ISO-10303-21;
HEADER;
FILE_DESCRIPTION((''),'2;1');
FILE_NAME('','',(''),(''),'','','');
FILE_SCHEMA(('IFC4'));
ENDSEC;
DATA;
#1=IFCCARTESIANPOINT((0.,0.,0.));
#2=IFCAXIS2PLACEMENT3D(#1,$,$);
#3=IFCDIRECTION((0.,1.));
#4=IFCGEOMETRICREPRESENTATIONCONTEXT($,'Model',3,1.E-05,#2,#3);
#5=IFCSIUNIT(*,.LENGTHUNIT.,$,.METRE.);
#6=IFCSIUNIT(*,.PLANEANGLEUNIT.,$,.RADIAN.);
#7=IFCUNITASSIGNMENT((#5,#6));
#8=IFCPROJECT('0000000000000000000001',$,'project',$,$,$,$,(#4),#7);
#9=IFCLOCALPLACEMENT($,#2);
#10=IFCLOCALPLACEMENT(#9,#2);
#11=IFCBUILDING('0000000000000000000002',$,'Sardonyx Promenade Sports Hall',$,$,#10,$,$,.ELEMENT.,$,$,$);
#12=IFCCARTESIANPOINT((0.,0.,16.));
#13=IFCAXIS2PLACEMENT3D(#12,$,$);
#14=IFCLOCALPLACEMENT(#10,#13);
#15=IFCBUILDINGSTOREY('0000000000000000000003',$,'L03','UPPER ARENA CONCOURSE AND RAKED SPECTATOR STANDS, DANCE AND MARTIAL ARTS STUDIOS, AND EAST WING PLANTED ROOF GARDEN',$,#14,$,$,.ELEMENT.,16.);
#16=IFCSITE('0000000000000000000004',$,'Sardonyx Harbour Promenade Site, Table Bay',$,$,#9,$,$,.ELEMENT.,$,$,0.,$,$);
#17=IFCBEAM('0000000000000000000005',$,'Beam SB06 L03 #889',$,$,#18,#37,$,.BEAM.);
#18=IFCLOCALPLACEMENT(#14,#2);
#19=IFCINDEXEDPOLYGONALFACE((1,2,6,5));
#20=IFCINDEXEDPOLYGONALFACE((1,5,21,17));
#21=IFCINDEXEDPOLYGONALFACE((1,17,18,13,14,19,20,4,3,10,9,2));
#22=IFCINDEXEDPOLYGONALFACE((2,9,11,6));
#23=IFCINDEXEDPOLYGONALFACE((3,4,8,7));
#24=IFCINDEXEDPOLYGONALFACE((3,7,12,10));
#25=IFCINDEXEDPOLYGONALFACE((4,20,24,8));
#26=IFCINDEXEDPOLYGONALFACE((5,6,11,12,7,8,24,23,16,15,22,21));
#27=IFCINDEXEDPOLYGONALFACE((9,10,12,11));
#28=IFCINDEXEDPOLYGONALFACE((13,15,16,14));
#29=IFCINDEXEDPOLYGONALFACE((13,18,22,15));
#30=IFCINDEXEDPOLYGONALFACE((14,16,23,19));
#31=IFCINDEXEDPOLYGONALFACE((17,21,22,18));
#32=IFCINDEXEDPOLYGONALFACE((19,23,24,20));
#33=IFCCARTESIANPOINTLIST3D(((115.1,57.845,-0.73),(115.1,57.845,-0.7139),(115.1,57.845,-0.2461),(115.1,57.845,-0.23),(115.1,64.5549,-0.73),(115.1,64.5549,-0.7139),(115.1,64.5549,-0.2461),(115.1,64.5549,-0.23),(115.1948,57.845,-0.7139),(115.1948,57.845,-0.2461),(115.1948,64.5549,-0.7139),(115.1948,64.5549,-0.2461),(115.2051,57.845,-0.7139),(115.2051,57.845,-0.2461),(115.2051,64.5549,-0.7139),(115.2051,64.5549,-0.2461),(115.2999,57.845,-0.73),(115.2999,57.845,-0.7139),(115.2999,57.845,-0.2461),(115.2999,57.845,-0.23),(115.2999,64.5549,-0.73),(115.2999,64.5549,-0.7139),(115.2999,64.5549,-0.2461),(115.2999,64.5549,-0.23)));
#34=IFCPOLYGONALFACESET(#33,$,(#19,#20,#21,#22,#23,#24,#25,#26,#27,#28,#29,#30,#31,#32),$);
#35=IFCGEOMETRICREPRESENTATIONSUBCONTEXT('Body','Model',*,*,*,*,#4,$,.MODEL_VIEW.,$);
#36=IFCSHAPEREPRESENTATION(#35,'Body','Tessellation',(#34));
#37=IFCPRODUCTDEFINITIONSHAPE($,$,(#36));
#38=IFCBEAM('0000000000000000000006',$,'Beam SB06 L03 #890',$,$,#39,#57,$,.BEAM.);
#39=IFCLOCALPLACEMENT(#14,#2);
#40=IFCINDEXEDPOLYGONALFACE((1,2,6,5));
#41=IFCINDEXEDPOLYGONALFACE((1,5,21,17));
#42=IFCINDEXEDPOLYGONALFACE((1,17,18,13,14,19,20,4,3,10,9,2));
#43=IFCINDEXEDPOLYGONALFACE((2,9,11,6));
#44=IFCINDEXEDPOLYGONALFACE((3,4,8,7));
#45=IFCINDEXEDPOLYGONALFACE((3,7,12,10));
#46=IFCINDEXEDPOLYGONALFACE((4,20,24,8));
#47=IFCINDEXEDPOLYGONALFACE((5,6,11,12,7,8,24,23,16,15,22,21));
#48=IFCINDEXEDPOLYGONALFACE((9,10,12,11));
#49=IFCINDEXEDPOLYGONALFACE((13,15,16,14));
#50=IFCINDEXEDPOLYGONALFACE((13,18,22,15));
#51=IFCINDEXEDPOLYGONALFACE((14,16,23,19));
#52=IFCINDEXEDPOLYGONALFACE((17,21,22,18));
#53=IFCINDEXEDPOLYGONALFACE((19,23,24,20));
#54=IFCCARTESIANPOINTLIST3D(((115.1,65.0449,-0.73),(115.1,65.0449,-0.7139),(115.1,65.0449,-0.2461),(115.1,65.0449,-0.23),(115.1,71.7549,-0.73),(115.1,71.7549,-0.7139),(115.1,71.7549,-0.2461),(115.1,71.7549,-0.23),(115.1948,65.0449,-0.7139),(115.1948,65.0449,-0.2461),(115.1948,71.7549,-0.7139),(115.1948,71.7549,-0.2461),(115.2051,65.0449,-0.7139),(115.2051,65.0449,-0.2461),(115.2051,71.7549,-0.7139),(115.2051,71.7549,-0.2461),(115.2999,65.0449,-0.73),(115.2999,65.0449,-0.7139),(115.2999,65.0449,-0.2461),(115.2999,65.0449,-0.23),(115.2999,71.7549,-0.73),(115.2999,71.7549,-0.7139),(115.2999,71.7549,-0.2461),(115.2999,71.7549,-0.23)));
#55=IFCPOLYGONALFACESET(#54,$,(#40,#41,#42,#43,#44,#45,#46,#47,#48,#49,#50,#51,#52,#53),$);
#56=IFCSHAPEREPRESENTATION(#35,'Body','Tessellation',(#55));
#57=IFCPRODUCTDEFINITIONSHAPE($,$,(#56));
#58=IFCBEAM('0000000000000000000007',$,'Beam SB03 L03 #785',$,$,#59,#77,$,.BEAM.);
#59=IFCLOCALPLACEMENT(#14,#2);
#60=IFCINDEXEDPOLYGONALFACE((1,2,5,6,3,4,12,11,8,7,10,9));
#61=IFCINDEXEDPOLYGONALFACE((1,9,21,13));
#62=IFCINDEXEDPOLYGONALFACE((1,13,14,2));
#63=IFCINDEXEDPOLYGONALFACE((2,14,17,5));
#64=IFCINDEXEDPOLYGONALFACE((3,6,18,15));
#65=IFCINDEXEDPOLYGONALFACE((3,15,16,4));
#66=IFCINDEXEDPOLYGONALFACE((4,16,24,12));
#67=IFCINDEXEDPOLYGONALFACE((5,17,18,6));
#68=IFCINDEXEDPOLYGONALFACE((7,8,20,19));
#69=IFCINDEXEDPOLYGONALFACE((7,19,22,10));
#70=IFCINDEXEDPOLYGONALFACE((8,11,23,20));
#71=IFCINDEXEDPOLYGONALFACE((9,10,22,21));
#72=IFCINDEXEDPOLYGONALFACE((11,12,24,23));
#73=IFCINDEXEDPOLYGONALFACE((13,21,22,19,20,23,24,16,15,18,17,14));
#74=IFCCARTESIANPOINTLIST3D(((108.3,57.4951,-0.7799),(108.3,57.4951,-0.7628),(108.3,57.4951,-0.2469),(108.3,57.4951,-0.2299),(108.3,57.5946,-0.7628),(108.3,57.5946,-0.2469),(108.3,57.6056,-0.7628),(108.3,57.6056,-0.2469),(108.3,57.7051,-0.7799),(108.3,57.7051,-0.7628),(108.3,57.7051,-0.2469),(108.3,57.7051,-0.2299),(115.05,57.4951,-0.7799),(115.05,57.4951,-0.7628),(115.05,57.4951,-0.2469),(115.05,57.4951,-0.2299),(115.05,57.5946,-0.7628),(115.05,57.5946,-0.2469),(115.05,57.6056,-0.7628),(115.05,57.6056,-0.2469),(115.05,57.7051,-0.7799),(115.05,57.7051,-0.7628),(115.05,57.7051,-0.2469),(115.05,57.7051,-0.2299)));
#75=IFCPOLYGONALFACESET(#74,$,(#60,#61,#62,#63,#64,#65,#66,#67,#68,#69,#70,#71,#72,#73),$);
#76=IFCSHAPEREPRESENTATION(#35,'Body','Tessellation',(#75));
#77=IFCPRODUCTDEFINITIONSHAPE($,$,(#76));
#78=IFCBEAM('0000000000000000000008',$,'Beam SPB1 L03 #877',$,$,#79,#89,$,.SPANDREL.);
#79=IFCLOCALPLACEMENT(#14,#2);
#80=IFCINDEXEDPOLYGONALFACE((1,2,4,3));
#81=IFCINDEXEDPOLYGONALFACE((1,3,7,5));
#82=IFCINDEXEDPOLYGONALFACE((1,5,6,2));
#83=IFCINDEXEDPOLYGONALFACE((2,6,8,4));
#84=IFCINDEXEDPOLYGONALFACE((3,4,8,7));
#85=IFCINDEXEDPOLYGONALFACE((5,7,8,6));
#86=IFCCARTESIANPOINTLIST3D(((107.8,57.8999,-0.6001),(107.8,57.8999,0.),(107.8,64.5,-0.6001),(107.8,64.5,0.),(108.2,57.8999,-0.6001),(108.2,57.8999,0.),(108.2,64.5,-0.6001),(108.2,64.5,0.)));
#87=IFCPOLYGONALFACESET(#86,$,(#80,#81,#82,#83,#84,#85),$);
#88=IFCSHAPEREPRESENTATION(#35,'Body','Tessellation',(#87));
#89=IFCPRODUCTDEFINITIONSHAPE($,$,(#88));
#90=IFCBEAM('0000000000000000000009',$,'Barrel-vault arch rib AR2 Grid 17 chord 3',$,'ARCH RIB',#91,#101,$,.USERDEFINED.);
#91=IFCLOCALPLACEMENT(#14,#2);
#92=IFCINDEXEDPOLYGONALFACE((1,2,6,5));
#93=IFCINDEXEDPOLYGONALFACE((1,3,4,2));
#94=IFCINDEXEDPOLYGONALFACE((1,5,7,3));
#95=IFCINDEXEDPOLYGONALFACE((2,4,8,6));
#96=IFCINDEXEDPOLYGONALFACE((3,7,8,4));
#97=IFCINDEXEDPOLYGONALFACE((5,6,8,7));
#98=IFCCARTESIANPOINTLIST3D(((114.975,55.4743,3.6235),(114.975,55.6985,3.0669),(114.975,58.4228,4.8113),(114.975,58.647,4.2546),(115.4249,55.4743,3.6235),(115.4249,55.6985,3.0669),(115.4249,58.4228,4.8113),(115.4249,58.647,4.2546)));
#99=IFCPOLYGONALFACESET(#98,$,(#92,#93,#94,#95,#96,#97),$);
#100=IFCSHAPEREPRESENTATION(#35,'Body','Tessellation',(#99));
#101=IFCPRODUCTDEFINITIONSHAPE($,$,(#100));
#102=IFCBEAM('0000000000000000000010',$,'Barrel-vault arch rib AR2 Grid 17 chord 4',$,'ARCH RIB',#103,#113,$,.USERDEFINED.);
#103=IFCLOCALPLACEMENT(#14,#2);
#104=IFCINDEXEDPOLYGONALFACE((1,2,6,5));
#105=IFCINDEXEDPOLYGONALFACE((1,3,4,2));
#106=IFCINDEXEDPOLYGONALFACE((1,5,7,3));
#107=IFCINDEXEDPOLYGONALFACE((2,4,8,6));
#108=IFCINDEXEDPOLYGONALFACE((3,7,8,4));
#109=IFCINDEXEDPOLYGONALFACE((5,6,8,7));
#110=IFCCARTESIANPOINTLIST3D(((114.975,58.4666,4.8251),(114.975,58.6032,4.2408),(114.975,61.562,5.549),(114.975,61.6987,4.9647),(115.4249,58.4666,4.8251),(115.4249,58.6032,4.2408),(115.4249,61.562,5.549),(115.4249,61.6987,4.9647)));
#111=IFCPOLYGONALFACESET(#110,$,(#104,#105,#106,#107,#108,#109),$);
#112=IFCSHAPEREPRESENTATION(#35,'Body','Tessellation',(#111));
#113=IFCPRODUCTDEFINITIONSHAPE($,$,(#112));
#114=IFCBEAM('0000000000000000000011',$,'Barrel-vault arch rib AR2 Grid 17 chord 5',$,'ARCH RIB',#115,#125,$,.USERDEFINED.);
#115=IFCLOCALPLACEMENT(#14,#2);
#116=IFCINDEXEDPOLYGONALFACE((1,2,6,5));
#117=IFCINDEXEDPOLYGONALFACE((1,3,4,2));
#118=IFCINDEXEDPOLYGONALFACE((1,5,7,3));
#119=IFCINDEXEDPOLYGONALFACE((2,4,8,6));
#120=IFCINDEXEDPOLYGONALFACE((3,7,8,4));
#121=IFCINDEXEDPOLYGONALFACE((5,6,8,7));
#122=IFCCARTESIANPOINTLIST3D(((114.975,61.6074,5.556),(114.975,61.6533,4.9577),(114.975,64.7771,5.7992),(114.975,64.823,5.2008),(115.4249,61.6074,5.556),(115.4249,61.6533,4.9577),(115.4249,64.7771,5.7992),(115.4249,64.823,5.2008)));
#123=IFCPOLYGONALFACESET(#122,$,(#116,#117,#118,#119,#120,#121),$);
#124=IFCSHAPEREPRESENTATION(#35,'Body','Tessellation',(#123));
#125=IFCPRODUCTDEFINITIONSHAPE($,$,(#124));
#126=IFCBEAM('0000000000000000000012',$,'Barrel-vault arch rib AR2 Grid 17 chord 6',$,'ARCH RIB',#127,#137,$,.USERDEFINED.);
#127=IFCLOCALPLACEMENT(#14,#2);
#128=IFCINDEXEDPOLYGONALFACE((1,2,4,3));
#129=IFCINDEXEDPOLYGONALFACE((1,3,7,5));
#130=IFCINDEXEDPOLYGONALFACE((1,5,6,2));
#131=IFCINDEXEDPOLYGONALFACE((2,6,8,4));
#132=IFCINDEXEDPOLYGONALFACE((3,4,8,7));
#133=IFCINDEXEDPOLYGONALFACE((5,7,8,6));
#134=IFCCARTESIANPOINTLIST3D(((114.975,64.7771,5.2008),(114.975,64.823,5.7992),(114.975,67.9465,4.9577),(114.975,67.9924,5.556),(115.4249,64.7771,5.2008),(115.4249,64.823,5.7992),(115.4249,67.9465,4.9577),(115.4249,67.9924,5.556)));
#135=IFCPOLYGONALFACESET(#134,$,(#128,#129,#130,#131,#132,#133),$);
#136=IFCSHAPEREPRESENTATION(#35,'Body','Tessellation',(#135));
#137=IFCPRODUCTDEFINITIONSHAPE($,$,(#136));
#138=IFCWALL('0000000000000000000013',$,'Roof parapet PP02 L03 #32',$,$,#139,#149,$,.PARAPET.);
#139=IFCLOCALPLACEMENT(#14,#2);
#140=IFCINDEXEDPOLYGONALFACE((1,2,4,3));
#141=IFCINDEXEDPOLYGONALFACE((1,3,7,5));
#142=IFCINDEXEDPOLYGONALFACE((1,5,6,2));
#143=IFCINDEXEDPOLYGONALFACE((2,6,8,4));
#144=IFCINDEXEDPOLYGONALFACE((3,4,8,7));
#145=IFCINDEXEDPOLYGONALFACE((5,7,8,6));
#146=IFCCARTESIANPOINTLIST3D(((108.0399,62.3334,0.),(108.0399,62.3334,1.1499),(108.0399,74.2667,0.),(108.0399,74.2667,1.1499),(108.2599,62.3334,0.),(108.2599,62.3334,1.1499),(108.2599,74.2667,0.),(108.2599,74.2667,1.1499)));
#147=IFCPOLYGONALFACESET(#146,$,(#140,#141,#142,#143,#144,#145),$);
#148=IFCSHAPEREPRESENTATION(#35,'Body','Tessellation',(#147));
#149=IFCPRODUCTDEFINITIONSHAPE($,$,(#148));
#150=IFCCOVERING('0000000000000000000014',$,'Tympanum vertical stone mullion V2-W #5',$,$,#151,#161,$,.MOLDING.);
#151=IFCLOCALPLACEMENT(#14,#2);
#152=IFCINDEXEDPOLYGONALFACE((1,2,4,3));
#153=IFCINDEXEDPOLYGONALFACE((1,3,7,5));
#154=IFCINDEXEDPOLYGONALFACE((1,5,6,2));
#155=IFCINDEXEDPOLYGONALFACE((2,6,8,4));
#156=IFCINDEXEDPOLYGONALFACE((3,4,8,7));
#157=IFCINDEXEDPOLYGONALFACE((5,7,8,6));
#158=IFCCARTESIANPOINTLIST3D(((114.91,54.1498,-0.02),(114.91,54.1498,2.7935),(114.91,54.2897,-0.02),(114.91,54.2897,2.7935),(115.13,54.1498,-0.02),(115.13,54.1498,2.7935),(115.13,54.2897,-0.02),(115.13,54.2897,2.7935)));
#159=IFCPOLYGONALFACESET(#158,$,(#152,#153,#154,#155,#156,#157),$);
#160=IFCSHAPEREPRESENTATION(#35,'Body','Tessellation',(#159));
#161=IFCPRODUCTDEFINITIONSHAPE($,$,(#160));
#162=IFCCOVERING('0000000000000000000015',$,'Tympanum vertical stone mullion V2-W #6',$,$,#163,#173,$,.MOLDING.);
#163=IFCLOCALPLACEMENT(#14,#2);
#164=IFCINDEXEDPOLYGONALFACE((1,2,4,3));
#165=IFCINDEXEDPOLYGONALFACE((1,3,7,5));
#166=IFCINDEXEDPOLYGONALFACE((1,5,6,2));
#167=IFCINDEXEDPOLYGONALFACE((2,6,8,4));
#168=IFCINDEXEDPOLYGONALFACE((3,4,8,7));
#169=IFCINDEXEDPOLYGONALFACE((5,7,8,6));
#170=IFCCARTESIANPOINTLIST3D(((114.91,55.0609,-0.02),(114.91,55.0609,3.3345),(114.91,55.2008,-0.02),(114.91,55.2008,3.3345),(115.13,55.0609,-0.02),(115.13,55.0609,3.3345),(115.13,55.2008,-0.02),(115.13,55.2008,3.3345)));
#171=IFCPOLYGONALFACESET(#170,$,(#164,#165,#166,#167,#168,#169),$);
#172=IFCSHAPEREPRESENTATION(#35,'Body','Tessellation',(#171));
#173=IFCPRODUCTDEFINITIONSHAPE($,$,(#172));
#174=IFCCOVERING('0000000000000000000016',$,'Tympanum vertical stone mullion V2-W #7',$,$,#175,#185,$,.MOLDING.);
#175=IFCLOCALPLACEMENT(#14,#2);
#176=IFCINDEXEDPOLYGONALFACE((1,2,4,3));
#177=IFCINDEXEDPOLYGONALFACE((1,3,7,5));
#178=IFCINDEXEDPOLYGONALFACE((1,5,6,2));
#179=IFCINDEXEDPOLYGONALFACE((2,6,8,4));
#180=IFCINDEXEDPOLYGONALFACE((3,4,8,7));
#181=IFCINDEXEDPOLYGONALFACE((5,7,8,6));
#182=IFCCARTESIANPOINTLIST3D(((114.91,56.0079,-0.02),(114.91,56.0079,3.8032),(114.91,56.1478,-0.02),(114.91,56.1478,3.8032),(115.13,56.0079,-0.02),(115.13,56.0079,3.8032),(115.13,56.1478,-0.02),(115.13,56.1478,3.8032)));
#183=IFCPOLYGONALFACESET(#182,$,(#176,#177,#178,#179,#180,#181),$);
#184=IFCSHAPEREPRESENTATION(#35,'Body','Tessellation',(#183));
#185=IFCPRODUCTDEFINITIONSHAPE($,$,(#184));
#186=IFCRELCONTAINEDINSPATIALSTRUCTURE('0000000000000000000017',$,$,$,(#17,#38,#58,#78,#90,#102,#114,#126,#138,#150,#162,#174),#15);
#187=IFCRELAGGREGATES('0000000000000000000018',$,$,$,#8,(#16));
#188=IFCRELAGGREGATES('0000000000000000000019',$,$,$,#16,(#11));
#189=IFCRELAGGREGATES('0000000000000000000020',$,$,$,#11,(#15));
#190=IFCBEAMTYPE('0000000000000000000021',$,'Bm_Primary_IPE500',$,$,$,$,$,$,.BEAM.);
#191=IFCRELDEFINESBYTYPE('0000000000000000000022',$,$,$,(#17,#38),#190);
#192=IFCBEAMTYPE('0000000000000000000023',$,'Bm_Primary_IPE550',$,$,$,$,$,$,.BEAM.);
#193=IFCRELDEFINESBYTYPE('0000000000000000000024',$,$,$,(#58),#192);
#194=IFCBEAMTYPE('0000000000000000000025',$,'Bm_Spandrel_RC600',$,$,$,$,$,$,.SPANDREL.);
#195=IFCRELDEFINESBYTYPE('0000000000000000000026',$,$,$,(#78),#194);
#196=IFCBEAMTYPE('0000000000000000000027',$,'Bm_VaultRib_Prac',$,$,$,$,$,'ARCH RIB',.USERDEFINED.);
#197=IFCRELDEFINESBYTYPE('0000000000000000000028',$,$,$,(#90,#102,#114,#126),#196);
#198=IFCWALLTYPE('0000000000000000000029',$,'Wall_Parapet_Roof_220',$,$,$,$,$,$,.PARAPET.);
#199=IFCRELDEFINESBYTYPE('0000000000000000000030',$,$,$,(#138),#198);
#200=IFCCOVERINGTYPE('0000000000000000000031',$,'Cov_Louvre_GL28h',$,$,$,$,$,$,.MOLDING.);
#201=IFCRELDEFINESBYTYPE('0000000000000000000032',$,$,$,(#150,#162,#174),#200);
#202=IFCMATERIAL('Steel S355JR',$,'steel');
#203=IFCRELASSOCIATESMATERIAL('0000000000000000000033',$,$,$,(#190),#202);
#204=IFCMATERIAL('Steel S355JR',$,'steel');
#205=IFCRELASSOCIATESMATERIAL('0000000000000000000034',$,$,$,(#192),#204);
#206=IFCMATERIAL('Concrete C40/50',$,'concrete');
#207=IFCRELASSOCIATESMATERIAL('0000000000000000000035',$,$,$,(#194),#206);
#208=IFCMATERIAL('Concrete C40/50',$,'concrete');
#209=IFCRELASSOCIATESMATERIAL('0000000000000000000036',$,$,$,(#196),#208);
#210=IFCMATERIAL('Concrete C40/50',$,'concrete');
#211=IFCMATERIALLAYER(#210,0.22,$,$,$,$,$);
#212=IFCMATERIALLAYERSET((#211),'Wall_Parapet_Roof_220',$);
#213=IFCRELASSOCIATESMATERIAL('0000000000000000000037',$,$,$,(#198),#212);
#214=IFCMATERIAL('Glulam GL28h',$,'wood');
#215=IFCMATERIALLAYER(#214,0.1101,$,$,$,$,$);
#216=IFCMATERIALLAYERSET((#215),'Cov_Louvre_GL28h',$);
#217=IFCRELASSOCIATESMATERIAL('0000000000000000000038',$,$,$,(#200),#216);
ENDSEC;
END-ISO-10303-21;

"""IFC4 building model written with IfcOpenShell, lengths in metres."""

from ifc_helpers import new_model, si_unit, direction, frame, frame_2d, origin, origin_2d, place, context, subcontext, project, spatial, rectangle, i_section, extrude, material, layer, layer_set, material_profile, profile_set, type_object, element, save


model = new_model("IFC4")

# Units and contexts
model_context = context("Model", 3, precision=1e-05, world=origin(), true_north=direction((0.0, 1.0)))
body_context = subcontext(model_context, "Body", "Model", "MODEL_VIEW")
ifc_project = project(units=[si_unit("LENGTHUNIT", "METRE"), si_unit("PLANEANGLEUNIT", "RADIAN")], contexts=[model_context])

# Site, building, storey
site_placement = place(None, origin())
site = spatial("IfcSite", under=ifc_project, at=site_placement, Name="Sardonyx Harbour Promenade Site, Table Bay", CompositionType="ELEMENT", RefElevation=0.0)
building_placement = place(site_placement, origin())
building = spatial("IfcBuilding", under=site, at=building_placement, Name="Sardonyx Promenade Sports Hall", CompositionType="ELEMENT")
storey_placement = place(building_placement, frame((0.0, 0.0, 16.0)))
storey = spatial("IfcBuildingStorey", under=building, at=storey_placement, Name="L03", Description="UPPER ARENA CONCOURSE AND RAKED SPECTATOR STANDS, DANCE AND MARTIAL ARTS STUDIOS, AND EAST WING PLANTED ROOF GARDEN", CompositionType="ELEMENT", Elevation=16.0)

# Beams
ifc_material_1 = material(Name="Steel S355JR", Category="steel")
ifc_material_profile_1 = material_profile(ifc_material_1, i_section(OverallWidth=0.2, OverallDepth=0.5, WebThickness=0.0103, FlangeThickness=0.0161, at=origin_2d()))
ifc_profile_set_1 = profile_set([ifc_material_profile_1], Name="Steel S355JR")
beam_type_1 = type_object("IfcBeamType", Name="Bm_Primary_IPE500", PredefinedType="BEAM", material=ifc_profile_set_1)
for number, where, z_axis, x_axis, name in (
    (1, (115.2, 57.845, -0.48), (0.0, 1.0, 0.0), (-1.0, 0.0, 0.0), "Beam SB06 L03 #889"),
    (2, (115.2, 65.0449, -0.48), (0.0, 1.0, 0.0), (-1.0, 0.0, 0.0), "Beam SB06 L03 #890"),
):
    element("IfcBeam", number, at=place(storey_placement, frame(where, z_axis=z_axis, x_axis=x_axis)), inside=storey, type_object=beam_type_1, Name=name, PredefinedType="BEAM", context=body_context, shape_type="SweptSolid", body=[
        extrude(i_section(OverallWidth=0.2, OverallDepth=0.5, WebThickness=0.0103, FlangeThickness=0.0161, at=origin_2d()), origin(), (0.0, 0.0, 1.0), 6.71),
    ])
ifc_material_2 = material(Name="Steel S355JR", Category="steel")
ifc_material_profile_2 = material_profile(ifc_material_2, i_section(OverallWidth=0.21, OverallDepth=0.55, WebThickness=0.011, FlangeThickness=0.0171, at=origin_2d()))
ifc_profile_set_2 = profile_set([ifc_material_profile_2], Name="Steel S355JR")
beam_type_2 = type_object("IfcBeamType", Name="Bm_Primary_IPE550", PredefinedType="BEAM", material=ifc_profile_set_2)
beam_1_placement = place(storey_placement, frame((108.3, 57.6001, -0.5049), z_axis=(1.0, 0.0, 0.0), x_axis=(0.0, 1.0, 0.0)))
element("IfcBeam", 3, at=beam_1_placement, inside=storey, type_object=beam_type_2, Name="Beam SB03 L03 #785", PredefinedType="BEAM", context=body_context, shape_type="SweptSolid", body=[
    extrude(i_section(OverallWidth=0.21, OverallDepth=0.55, WebThickness=0.011, FlangeThickness=0.0171, at=origin_2d()), origin(), (0.0, 0.0, 1.0), 6.75),
])
ifc_material_3 = material(Name="Concrete C40/50", Category="concrete")
ifc_material_profile_3 = material_profile(ifc_material_3, rectangle(XDim=0.3999, YDim=0.6001, at=origin_2d()))
ifc_profile_set_3 = profile_set([ifc_material_profile_3], Name="Concrete C40/50")
beam_type_3 = type_object("IfcBeamType", Name="Bm_Spandrel_RC600", PredefinedType="SPANDREL", material=ifc_profile_set_3)
beam_2_placement = place(storey_placement, frame((108.0, 57.8999, -0.3), z_axis=(0.0, 1.0, 0.0), x_axis=(-1.0, 0.0, 0.0)))
element("IfcBeam", 4, at=beam_2_placement, inside=storey, type_object=beam_type_3, Name="Beam SPB1 L03 #877", PredefinedType="SPANDREL", context=body_context, shape_type="SweptSolid", body=[
    extrude(rectangle(XDim=0.3999, YDim=0.6001, at=origin_2d()), origin(), (0.0, 0.0, 1.0), 6.6001),
])
ifc_material_4 = material(Name="Concrete C40/50", Category="concrete")
ifc_material_profile_4 = material_profile(ifc_material_4, rectangle(XDim=0.45, YDim=0.6001, at=origin_2d()))
ifc_profile_set_4 = profile_set([ifc_material_profile_4], Name="Concrete C40/50")
beam_type_4 = type_object("IfcBeamType", Name="Bm_VaultRib_Prac", ElementType="ARCH RIB", PredefinedType="USERDEFINED", material=ifc_profile_set_4)
beam_3_placement = place(storey_placement, frame((115.2, 55.5864, 3.3452), z_axis=(0.0, 0.927568, 0.373654), x_axis=(-1.0, 0.0, 0.0)))
element("IfcBeam", 5, at=beam_3_placement, inside=storey, type_object=beam_type_4, Name="Barrel-vault arch rib AR2 Grid 17 chord 3", ObjectType="ARCH RIB", PredefinedType="USERDEFINED", context=body_context, shape_type="SweptSolid", body=[
    extrude(rectangle(XDim=0.45, YDim=0.6001, at=origin_2d()), origin(), (0.0, 0.0, 1.0), 3.1787),
])
for number, where, z_axis, x_axis, name in (
    (6, (115.2, 58.5349, 4.533), (0.0, 0.973729, 0.227708), (-1.0, 0.0, 0.0), "Barrel-vault arch rib AR2 Grid 17 chord 4"),
    (7, (115.2, 61.6304, 5.2568), (0.0, 0.99707, 0.076491), (-1.0, 0.0, 0.0), "Barrel-vault arch rib AR2 Grid 17 chord 5"),
):
    element("IfcBeam", number, at=place(storey_placement, frame(where, z_axis=z_axis, x_axis=x_axis)), inside=storey, type_object=beam_type_4, Name=name, ObjectType="ARCH RIB", PredefinedType="USERDEFINED", context=body_context, shape_type="SweptSolid", body=[
        extrude(rectangle(XDim=0.45, YDim=0.6001, at=origin_2d()), origin(), (0.0, 0.0, 1.0), 3.179),
    ])
beam_4_placement = place(storey_placement, frame((115.2, 64.8, 5.5), z_axis=(0.0, 0.99707, -0.076497), x_axis=(-1.0, 0.0, 0.0)))
element("IfcBeam", 8, at=beam_4_placement, inside=storey, type_object=beam_type_4, Name="Barrel-vault arch rib AR2 Grid 17 chord 6", ObjectType="ARCH RIB", PredefinedType="USERDEFINED", context=body_context, shape_type="SweptSolid", body=[
    extrude(rectangle(XDim=0.45, YDim=0.6001, at=origin_2d()), origin(), (0.0, 0.0, 1.0), 3.1787),
])

# Wall
ifc_material_5 = material(Name="Concrete C40/50", Category="concrete")
ifc_layer_1 = layer(ifc_material_5, 0.22)
ifc_layer_set_1 = layer_set([ifc_layer_1], Name="Wall_Parapet_Roof_220")
wall_type = type_object("IfcWallType", Name="Wall_Parapet_Roof_220", PredefinedType="PARAPET", material=ifc_layer_set_1)
wall_placement = place(storey_placement, frame((108.1499, 62.3333, 0.0), z_axis=(0.0, 0.0, 1.0), x_axis=(0.0, 1.0, 0.0)))
element("IfcWall", 9, at=wall_placement, inside=storey, type_object=wall_type, Name="Roof parapet PP02 L03 #32", PredefinedType="PARAPET", context=body_context, shape_type="SweptSolid", body=[
    extrude(rectangle(XDim=11.9333, YDim=0.22, at=frame_2d((5.9668, 0.0))), origin(), (0.0, 0.0, 1.0), 1.1499),
])

# Coverings
ifc_material_6 = material(Name="Glulam GL28h", Category="wood")
ifc_layer_2 = layer(ifc_material_6, 0.1101)
ifc_layer_set_2 = layer_set([ifc_layer_2], Name="Cov_Louvre_GL28h")
covering_type_1 = type_object("IfcCoveringType", Name="Cov_Louvre_GL28h", PredefinedType="MOLDING", material=ifc_layer_set_2)
covering_1_placement = place(storey_placement, frame((115.02, 54.2197, -0.02), z_axis=(0.0, 0.0, 1.0), x_axis=(1.0, 0.0, 0.0)))
element("IfcCovering", 10, at=covering_1_placement, inside=storey, type_object=covering_type_1, Name="Tympanum vertical stone mullion V2-W #5", PredefinedType="MOLDING", context=body_context, shape_type="SweptSolid", body=[
    extrude(rectangle(XDim=0.22, YDim=0.1399, at=origin_2d()), origin(), (0.0, 0.0, 1.0), 2.8135),
])
covering_2_placement = place(storey_placement, frame((115.02, 55.1309, -0.02), z_axis=(0.0, 0.0, 1.0), x_axis=(1.0, 0.0, 0.0)))
element("IfcCovering", 11, at=covering_2_placement, inside=storey, type_object=covering_type_1, Name="Tympanum vertical stone mullion V2-W #6", PredefinedType="MOLDING", context=body_context, shape_type="SweptSolid", body=[
    extrude(rectangle(XDim=0.22, YDim=0.1399, at=origin_2d()), origin(), (0.0, 0.0, 1.0), 3.3545),
])
covering_3_placement = place(storey_placement, frame((115.02, 56.0779, -0.02), z_axis=(0.0, 0.0, 1.0), x_axis=(1.0, 0.0, 0.0)))
element("IfcCovering", 12, at=covering_3_placement, inside=storey, type_object=covering_type_1, Name="Tympanum vertical stone mullion V2-W #7", PredefinedType="MOLDING", context=body_context, shape_type="SweptSolid", body=[
    extrude(rectangle(XDim=0.22, YDim=0.1399, at=origin_2d()), origin(), (0.0, 0.0, 1.0), 3.8232),
])

save(model, "model.ifc")
